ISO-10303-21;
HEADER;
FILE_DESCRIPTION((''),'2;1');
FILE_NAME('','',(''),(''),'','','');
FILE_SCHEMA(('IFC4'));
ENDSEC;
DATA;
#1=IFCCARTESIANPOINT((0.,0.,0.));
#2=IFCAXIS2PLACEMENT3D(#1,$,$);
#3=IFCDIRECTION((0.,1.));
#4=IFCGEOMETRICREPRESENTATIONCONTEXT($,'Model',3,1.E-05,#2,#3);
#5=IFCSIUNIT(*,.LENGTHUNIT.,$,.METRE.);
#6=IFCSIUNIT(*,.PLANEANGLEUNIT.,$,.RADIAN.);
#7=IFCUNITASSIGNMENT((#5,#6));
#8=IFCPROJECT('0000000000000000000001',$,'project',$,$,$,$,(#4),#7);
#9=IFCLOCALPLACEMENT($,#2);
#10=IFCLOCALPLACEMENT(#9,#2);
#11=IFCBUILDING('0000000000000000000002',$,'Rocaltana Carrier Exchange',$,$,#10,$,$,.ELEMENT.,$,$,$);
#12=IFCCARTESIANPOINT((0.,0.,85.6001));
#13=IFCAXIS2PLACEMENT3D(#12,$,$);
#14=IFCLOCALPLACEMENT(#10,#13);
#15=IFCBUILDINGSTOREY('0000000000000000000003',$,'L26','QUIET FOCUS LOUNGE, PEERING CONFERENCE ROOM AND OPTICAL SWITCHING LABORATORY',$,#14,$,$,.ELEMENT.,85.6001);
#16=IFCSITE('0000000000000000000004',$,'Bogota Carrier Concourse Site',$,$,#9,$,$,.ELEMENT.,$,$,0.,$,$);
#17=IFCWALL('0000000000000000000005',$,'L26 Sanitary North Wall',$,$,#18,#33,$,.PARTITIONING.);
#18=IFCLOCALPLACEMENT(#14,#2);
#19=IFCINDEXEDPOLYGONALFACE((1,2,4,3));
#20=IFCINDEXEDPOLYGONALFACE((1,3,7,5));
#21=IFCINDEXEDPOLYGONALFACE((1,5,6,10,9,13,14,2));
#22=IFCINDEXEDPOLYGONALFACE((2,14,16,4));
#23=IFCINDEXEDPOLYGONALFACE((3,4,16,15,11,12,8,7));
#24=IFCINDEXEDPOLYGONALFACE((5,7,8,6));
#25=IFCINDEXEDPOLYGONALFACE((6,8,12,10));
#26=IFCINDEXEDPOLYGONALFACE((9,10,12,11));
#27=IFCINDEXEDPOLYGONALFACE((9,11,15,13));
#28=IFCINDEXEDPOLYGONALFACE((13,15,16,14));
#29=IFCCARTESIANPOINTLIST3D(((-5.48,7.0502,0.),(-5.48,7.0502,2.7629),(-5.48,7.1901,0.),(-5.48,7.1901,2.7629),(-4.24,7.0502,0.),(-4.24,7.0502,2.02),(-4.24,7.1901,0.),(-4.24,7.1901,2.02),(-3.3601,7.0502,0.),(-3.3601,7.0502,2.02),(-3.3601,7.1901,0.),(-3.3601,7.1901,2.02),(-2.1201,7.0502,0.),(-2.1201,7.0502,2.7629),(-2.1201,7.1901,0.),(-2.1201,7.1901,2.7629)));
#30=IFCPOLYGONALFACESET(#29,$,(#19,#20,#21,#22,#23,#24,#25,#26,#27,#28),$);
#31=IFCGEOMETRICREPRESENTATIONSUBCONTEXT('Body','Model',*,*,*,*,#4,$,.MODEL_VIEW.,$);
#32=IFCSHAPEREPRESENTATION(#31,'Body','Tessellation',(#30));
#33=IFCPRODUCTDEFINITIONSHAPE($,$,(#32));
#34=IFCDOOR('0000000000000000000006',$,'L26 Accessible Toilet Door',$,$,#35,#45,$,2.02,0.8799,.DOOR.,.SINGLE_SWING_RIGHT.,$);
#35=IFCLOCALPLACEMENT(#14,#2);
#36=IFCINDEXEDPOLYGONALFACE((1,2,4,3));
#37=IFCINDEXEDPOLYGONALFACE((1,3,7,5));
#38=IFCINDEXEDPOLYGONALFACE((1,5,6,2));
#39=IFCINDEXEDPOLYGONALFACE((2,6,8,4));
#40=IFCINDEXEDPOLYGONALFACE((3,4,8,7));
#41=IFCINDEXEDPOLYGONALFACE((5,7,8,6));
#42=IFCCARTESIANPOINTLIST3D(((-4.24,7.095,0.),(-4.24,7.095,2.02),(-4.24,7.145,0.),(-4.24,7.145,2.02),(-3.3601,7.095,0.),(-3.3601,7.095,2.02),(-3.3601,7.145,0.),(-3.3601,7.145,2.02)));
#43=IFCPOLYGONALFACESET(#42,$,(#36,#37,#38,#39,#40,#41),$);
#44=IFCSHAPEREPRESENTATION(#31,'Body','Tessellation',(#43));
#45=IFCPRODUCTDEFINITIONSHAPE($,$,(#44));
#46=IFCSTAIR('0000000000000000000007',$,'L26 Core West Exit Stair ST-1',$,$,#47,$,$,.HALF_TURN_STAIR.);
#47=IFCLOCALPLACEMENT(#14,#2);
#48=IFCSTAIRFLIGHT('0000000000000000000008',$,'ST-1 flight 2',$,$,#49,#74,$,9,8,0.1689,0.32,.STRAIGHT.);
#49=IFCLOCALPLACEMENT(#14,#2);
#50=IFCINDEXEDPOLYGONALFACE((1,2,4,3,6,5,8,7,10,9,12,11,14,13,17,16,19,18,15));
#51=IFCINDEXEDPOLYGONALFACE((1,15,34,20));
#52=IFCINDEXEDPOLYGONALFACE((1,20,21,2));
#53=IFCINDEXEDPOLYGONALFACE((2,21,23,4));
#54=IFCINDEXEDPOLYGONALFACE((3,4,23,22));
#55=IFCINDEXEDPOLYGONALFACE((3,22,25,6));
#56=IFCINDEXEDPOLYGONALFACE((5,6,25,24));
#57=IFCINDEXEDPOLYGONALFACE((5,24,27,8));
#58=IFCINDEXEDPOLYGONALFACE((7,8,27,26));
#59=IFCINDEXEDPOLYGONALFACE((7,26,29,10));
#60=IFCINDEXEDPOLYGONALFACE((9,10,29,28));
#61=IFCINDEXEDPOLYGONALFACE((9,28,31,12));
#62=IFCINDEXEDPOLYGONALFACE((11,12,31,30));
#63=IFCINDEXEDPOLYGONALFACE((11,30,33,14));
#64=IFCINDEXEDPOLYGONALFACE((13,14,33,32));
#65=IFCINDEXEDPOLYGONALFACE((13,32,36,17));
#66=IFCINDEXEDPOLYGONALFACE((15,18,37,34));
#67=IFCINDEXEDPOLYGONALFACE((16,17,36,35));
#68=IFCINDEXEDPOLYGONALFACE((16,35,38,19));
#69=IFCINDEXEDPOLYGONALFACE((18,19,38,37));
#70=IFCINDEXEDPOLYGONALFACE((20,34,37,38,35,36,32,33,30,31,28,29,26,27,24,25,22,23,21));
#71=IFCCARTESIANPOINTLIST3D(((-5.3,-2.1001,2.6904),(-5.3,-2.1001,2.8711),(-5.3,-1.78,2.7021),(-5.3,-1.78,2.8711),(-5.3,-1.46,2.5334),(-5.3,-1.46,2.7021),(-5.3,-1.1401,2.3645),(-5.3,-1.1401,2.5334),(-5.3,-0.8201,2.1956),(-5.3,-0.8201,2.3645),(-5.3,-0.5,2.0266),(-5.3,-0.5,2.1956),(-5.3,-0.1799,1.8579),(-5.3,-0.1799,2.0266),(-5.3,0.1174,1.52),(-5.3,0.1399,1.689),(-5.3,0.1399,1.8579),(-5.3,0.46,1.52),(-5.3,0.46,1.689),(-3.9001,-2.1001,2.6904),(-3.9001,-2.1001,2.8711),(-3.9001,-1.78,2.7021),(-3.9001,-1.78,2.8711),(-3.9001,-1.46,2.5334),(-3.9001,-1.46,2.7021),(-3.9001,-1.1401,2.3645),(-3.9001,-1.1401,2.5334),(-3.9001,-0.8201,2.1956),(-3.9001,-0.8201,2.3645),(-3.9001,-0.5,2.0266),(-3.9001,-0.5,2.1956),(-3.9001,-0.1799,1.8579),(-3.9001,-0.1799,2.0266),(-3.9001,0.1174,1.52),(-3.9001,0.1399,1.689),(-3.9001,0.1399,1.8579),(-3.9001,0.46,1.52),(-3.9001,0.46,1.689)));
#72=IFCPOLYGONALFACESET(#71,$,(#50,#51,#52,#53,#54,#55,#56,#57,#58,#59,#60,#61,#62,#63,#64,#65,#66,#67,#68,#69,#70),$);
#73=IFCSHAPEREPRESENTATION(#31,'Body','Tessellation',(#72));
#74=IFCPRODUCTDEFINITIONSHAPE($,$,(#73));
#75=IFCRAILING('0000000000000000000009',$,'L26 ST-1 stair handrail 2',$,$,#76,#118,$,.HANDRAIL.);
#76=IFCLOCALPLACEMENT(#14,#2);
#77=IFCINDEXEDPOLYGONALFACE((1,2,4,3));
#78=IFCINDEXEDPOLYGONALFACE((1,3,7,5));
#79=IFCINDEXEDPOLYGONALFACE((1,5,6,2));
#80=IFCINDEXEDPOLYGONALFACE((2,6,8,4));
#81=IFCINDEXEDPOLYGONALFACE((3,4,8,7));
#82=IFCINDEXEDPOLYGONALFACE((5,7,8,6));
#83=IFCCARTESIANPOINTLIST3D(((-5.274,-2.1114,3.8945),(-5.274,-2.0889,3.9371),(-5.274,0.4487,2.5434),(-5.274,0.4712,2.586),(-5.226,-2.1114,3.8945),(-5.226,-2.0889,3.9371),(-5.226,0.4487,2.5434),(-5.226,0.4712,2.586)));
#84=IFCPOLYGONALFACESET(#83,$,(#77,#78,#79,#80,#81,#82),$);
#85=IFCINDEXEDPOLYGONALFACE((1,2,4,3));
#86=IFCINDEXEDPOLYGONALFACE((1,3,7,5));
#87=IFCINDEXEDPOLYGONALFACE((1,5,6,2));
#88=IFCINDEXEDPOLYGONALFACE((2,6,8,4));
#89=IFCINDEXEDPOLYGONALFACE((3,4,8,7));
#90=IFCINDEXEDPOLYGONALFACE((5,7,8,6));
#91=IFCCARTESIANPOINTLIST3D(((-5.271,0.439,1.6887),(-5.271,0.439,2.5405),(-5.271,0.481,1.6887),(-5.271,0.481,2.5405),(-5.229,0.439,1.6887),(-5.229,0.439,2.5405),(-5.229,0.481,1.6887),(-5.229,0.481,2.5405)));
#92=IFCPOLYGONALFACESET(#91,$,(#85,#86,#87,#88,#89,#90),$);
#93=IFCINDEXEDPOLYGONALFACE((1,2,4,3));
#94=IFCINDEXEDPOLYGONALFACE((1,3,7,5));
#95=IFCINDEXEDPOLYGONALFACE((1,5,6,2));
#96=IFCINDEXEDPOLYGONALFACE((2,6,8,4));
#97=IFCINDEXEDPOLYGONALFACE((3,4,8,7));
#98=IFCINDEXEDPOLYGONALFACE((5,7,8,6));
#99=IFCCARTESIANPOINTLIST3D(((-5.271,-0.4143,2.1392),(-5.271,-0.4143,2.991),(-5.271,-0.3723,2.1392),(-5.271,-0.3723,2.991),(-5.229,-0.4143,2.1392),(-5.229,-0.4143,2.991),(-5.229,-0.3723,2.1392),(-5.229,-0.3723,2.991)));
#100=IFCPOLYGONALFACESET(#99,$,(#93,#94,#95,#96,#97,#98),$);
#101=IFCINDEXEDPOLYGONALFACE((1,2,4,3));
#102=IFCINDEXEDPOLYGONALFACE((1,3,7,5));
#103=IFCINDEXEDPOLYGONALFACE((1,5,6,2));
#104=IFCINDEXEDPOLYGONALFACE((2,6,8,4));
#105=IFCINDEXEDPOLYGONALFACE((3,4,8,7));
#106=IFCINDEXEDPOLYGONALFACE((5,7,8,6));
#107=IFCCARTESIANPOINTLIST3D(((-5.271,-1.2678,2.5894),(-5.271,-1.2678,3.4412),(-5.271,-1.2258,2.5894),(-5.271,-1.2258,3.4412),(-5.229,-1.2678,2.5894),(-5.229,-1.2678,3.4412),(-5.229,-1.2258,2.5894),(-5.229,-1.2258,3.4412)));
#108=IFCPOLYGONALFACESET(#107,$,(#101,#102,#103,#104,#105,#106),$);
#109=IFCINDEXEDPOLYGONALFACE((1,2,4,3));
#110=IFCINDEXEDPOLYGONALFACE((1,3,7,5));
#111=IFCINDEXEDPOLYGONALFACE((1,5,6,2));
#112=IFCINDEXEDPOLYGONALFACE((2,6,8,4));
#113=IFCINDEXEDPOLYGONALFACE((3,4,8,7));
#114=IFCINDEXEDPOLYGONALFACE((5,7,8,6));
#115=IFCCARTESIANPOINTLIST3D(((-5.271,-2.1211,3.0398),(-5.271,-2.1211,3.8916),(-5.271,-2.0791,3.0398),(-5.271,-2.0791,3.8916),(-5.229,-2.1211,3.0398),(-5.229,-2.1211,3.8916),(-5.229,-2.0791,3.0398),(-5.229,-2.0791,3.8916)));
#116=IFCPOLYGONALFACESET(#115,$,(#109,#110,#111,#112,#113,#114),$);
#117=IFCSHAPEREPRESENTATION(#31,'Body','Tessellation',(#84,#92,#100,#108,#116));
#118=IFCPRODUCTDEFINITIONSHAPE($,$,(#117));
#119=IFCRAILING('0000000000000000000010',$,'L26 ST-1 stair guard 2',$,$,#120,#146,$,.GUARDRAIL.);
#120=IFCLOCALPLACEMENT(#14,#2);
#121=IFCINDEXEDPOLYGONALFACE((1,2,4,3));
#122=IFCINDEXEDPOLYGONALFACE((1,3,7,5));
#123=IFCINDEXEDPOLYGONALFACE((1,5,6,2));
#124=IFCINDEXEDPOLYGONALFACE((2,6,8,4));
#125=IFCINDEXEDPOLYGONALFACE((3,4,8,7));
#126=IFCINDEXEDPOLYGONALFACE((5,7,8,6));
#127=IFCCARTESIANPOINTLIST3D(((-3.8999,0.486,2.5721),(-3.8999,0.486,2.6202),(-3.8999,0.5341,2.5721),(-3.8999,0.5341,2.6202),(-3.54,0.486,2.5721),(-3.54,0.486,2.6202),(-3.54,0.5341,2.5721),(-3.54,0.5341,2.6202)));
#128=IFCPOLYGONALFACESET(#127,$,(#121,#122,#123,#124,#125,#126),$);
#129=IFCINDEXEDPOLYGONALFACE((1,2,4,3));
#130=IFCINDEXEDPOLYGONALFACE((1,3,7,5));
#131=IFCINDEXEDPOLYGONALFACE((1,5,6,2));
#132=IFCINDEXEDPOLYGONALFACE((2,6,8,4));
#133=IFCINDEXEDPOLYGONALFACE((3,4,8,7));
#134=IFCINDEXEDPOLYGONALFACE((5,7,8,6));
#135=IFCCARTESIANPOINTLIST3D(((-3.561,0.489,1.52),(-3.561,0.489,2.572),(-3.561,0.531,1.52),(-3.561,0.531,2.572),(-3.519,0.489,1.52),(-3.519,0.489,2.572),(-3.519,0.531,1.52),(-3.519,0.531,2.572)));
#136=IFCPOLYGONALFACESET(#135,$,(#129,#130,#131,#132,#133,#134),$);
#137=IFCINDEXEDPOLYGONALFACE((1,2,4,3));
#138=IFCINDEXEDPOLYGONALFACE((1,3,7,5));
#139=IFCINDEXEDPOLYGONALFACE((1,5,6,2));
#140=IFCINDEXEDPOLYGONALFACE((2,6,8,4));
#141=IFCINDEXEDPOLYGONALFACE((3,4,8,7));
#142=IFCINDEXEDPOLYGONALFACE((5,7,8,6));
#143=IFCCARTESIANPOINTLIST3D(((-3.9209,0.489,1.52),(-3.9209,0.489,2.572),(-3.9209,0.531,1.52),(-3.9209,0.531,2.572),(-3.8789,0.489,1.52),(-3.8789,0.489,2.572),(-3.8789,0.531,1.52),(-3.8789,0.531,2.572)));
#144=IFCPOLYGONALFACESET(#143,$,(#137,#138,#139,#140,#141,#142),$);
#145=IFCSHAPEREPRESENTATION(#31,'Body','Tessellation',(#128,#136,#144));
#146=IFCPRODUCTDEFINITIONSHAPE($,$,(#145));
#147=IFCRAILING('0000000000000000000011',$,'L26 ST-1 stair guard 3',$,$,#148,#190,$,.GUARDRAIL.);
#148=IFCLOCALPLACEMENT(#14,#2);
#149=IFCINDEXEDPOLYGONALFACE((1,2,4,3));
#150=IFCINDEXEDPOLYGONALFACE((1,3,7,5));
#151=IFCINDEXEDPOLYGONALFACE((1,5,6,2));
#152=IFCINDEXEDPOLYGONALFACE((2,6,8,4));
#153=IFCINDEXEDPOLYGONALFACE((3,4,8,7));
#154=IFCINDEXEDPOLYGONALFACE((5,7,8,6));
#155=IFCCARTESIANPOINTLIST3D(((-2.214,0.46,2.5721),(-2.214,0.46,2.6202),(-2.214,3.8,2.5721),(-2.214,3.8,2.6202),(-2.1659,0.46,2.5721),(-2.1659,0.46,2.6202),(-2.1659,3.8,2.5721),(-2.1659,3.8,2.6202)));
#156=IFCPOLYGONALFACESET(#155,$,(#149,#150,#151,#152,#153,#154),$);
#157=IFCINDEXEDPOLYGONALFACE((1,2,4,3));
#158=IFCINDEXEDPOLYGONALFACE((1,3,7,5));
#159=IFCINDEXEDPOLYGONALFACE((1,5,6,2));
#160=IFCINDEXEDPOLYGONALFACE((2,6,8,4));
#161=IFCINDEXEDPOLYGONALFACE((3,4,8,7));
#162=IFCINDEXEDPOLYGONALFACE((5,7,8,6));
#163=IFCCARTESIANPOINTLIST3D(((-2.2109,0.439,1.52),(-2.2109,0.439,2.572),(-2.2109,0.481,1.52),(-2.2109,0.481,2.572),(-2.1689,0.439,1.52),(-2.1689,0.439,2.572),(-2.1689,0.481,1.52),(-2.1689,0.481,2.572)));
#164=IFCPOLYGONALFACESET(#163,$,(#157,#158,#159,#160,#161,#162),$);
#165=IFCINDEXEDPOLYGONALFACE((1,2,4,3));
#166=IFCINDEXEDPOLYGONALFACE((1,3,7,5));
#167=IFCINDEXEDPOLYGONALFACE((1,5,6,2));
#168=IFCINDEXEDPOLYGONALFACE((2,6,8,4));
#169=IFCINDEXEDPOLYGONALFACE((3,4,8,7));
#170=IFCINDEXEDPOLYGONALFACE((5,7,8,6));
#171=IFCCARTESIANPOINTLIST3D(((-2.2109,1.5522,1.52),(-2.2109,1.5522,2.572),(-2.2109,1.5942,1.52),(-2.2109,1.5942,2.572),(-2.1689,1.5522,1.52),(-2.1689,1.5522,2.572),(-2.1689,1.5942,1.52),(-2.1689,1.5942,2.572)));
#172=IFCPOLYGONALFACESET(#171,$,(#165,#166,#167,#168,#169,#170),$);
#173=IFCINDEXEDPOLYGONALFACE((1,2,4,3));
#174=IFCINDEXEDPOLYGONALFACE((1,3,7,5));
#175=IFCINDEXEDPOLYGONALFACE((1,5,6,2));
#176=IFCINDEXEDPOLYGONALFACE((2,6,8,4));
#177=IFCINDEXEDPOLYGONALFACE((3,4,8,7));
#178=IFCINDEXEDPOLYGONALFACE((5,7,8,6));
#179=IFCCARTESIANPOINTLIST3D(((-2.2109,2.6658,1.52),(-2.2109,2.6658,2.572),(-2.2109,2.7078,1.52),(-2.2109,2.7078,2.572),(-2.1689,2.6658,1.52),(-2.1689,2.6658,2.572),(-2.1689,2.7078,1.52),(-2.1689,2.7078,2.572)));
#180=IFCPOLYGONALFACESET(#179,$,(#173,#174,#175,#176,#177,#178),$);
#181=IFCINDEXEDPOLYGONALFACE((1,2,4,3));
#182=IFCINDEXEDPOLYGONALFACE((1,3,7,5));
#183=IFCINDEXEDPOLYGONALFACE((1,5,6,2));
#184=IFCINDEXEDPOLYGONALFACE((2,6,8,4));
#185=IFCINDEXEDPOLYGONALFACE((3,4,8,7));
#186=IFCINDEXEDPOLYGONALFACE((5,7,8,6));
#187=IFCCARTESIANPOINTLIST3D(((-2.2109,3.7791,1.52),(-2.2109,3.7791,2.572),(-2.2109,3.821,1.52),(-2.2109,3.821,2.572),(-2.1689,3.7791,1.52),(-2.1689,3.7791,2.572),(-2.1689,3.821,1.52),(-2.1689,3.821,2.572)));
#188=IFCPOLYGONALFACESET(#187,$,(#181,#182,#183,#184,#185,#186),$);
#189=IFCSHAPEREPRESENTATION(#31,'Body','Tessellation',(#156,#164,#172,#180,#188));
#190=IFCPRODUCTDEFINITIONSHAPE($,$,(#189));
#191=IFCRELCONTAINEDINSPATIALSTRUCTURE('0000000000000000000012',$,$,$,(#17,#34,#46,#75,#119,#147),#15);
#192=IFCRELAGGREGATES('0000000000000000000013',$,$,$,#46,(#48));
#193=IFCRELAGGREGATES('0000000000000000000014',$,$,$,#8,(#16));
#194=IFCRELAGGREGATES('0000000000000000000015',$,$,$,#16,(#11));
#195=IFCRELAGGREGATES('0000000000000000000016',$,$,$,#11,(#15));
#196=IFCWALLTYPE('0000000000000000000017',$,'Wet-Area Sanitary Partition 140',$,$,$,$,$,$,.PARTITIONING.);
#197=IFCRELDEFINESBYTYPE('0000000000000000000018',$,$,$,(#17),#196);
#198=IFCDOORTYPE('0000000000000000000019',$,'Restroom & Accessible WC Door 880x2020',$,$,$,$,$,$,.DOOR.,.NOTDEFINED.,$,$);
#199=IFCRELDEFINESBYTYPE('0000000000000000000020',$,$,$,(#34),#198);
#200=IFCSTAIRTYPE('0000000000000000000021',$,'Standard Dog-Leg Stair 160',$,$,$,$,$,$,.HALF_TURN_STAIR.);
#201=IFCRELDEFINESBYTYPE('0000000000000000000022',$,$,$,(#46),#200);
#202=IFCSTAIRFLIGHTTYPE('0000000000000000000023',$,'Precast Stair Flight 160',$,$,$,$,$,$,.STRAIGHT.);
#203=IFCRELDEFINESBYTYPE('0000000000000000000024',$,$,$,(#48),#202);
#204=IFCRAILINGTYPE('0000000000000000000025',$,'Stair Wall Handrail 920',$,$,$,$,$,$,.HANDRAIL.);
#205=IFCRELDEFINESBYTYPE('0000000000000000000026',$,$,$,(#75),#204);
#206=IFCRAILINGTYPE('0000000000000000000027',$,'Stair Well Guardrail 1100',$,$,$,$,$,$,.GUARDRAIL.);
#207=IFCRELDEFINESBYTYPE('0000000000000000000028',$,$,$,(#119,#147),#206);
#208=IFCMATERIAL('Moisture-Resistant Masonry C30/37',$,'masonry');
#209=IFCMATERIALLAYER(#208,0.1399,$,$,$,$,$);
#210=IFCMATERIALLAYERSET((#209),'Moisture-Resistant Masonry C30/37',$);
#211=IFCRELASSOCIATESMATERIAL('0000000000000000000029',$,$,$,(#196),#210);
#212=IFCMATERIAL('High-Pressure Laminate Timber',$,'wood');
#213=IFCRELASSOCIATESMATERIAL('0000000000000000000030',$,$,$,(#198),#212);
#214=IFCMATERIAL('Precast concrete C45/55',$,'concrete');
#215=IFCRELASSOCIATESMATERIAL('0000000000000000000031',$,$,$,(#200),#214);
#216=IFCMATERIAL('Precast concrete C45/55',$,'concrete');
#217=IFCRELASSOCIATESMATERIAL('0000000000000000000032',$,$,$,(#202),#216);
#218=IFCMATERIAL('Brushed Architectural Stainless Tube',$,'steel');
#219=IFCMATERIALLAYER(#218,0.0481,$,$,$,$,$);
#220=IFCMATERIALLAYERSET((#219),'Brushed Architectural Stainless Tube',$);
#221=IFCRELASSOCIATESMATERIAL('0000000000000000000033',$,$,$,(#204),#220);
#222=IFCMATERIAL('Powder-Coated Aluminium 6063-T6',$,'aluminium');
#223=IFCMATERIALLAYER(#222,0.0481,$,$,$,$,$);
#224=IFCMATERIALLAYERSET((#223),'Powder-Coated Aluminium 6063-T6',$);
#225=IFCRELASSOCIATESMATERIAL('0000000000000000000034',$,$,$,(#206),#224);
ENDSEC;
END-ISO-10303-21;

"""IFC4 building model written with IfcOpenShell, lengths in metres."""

from ifc_helpers import new_model, si_unit, direction, frame, frame_2d, origin, origin_2d, place, context, subcontext, project, spatial, polyline, rectangle, outline, extrude, material, layer, layer_set, type_object, element, fill, aggregate, save


model = new_model("IFC4")

# Units and contexts
model_context = context("Model", 3, precision=1e-05, world=origin(), true_north=direction((0.0, 1.0)))
body_context = subcontext(model_context, "Body", "Model", "MODEL_VIEW")
ifc_project = project(units=[si_unit("LENGTHUNIT", "METRE"), si_unit("PLANEANGLEUNIT", "RADIAN")], contexts=[model_context])

# Site, building, storey
site_placement = place(None, origin())
site = spatial("IfcSite", under=ifc_project, at=site_placement, Name="Bogota Carrier Concourse Site", CompositionType="ELEMENT", RefElevation=0.0)
building_placement = place(site_placement, origin())
building = spatial("IfcBuilding", under=site, at=building_placement, Name="Rocaltana Carrier Exchange", CompositionType="ELEMENT")
storey_placement = place(building_placement, frame((0.0, 0.0, 85.6001)))
storey = spatial("IfcBuildingStorey", under=building, at=storey_placement, Name="L26", Description="QUIET FOCUS LOUNGE, PEERING CONFERENCE ROOM AND OPTICAL SWITCHING LABORATORY", CompositionType="ELEMENT", Elevation=85.6001)

# Shared definitions
ifc_material_1 = material(Name="Moisture-Resistant Masonry C30/37", Category="masonry")
ifc_layer_1 = layer(ifc_material_1, 0.1399)
ifc_layer_set_1 = layer_set([ifc_layer_1], Name="Moisture-Resistant Masonry C30/37")
wall_type_1 = type_object("IfcWallType", Name="Wet-Area Sanitary Partition 140", PredefinedType="PARTITIONING", material=ifc_layer_set_1)

# Wall, opening, door
wall_1_placement = place(storey_placement, frame((-5.48, 7.1201, 0.0), z_axis=(0.0, 0.0, 1.0), x_axis=(1.0, 0.0, 0.0)))
wall_1 = element("IfcWall", 1, at=wall_1_placement, inside=storey, type_object=wall_type_1, Name="L26 Sanitary North Wall", PredefinedType="PARTITIONING", context=body_context, shape_type="SweptSolid", body=[
    extrude(rectangle(XDim=3.3599, YDim=0.1399, at=frame_2d((1.6799, 0.0))), origin(), (0.0, 0.0, 1.0), 2.7629),
])
opening_placement = place(wall_1_placement, frame((1.24, 0.0, 0.0)))
opening = element("IfcOpeningElement", 2, at=opening_placement, cuts=wall_1, PredefinedType="OPENING", context=body_context, shape_type="SweptSolid", body=[
    extrude(rectangle(XDim=0.8799, YDim=2.02, at=frame_2d((0.4399, 1.01))), frame((0.0, 0.0798, 0.0), z_axis=(0.0, -1.0, 0.0), x_axis=(1.0, 0.0, 0.0)), (0.0, 0.0, 1.0), 0.1599),
])
ifc_material_2 = material(Name="High-Pressure Laminate Timber", Category="wood")
door_type = type_object("IfcDoorType", Name="Restroom & Accessible WC Door 880x2020", OperationType="NOTDEFINED", PredefinedType="DOOR", material=ifc_material_2)
door_placement = place(opening_placement, origin())
door = element("IfcDoor", 3, at=door_placement, inside=storey, type_object=door_type, Name="L26 Accessible Toilet Door", OperationType="SINGLE_SWING_RIGHT", OverallHeight=2.02, OverallWidth=0.8799, PredefinedType="DOOR", context=body_context, shape_type="SweptSolid", body=[
    extrude(rectangle(XDim=0.8799, YDim=2.02, at=frame_2d((0.4399, 1.01))), frame((0.0, 0.0249, 0.0), z_axis=(0.0, -1.0, 0.0), x_axis=(1.0, 0.0, 0.0)), (0.0, 0.0, 1.0), 0.05),
])
fill(opening, door)

# Stair, stair flight
ifc_material_3 = material(Name="Precast concrete C45/55", Category="concrete")
stair_type = type_object("IfcStairType", Name="Standard Dog-Leg Stair 160", PredefinedType="HALF_TURN_STAIR", material=ifc_material_3)
stair_placement = place(storey_placement, origin())
stair = element("IfcStair", 4, at=stair_placement, inside=storey, type_object=stair_type, Name="L26 Core West Exit Stair ST-1", PredefinedType="HALF_TURN_STAIR")
ifc_material_4 = material(Name="Precast concrete C45/55", Category="concrete")
stair_flight_type = type_object("IfcStairFlightType", Name="Precast Stair Flight 160", PredefinedType="STRAIGHT", material=ifc_material_4)
stair_flight_placement = place(storey_placement, frame((-4.6001, 0.46, 1.52), z_axis=(0.0, 0.0, 1.0), x_axis=(0.0, -1.0, 0.0)))
stair_flight = element("IfcStairFlight", 5, at=stair_flight_placement, type_object=stair_flight_type, Name="ST-1 flight 2", NumberOfRisers=9, NumberOfTreads=8, PredefinedType="STRAIGHT", RiserHeight=0.1689, TreadLength=0.32, context=body_context, shape_type="SweptSolid", body=[
    extrude(outline(polyline([(0.0, 0.0), (0.0, 0.1689), (0.3201, 0.1689), (0.3201, 0.3379), (0.6399, 0.3379), (0.6399, 0.5066), (0.96, 0.5066), (0.96, 0.6755), (1.28, 0.6755), (1.28, 0.8445), (1.6001, 0.8445), (1.6001, 1.0134), (1.9199, 1.0134), (1.9199, 1.1821), (2.24, 1.1821), (2.24, 1.3511), (2.5601, 1.3511), (2.5601, 1.52), (2.5601, 1.1704), (0.3425, 0.0), (0.0, 0.0)])), frame((0.0, 0.7, 0.0), z_axis=(0.0, -1.0, 0.0), x_axis=(1.0, 0.0, 0.0)), (0.0, 0.0, 1.0), 1.3999),
])
aggregate(stair, [stair_flight])

# Railings
ifc_material_5 = material(Name="Brushed Architectural Stainless Tube", Category="steel")
ifc_layer_2 = layer(ifc_material_5, 0.0481)
ifc_layer_set_2 = layer_set([ifc_layer_2], Name="Brushed Architectural Stainless Tube")
railing_type_1 = type_object("IfcRailingType", Name="Stair Wall Handrail 920", PredefinedType="HANDRAIL", material=ifc_layer_set_2)
railing_1_placement = place(storey_placement, frame((-5.25, 0.46, 1.6887)))
element("IfcRailing", 6, at=railing_1_placement, inside=storey, type_object=railing_type_1, Name="L26 ST-1 stair handrail 2", PredefinedType="HANDRAIL", context=body_context, shape_type="SweptSolid", body=[
    extrude(rectangle(XDim=0.0481, YDim=0.0481, at=origin_2d()), frame((0.0, 0.0, 0.876), z_axis=(0.0, -0.884394, 0.46674), x_axis=(1.0, 0.0, 0.0)), (0.0, 0.0, 1.0), 2.8948),
    extrude(rectangle(XDim=0.042, YDim=0.042, at=origin_2d()), origin(), (0.0, 0.0, 1.0), 0.8518),
    extrude(rectangle(XDim=0.042, YDim=0.042, at=origin_2d()), frame((0.0, -0.8533, 0.4504)), (0.0, 0.0, 1.0), 0.8518),
    extrude(rectangle(XDim=0.042, YDim=0.042, at=origin_2d()), frame((0.0, -1.7068, 0.9006)), (0.0, 0.0, 1.0), 0.8518),
    extrude(rectangle(XDim=0.042, YDim=0.042, at=origin_2d()), frame((0.0, -2.5601, 1.3511)), (0.0, 0.0, 1.0), 0.8518),
])
ifc_material_6 = material(Name="Powder-Coated Aluminium 6063-T6", Category="aluminium")
ifc_layer_3 = layer(ifc_material_6, 0.0481)
ifc_layer_set_3 = layer_set([ifc_layer_3], Name="Powder-Coated Aluminium 6063-T6")
railing_type_2 = type_object("IfcRailingType", Name="Stair Well Guardrail 1100", PredefinedType="GUARDRAIL", material=ifc_layer_set_3)
railing_2_placement = place(storey_placement, frame((-3.54, 0.51, 1.52)))
element("IfcRailing", 7, at=railing_2_placement, inside=storey, type_object=railing_type_2, Name="L26 ST-1 stair guard 2", PredefinedType="GUARDRAIL", context=body_context, shape_type="SweptSolid", body=[
    extrude(rectangle(XDim=0.0481, YDim=0.0481, at=origin_2d()), frame((0.0, 0.0, 1.0762), z_axis=(-1.0, 0.0, 0.0), x_axis=(0.0, -1.0, 0.0)), (0.0, 0.0, 1.0), 0.3599),
    extrude(rectangle(XDim=0.042, YDim=0.042, at=origin_2d()), origin(), (0.0, 0.0, 1.0), 1.052),
    extrude(rectangle(XDim=0.042, YDim=0.042, at=origin_2d()), frame((-0.3599, 0.0, 0.0)), (0.0, 0.0, 1.0), 1.052),
])
for number, where, name in (
    (8, (-2.1899, 0.46, 1.52), "L26 ST-1 stair guard 3"),
):
    element("IfcRailing", number, at=place(storey_placement, frame(where)), inside=storey, type_object=railing_type_2, Name=name, PredefinedType="GUARDRAIL", context=body_context, shape_type="SweptSolid", body=[
        extrude(rectangle(XDim=0.0481, YDim=0.0481, at=origin_2d()), frame((0.0, 0.0, 1.0762), z_axis=(0.0, 1.0, 0.0), x_axis=(-1.0, 0.0, 0.0)), (0.0, 0.0, 1.0), 3.3401),
        extrude(rectangle(XDim=0.042, YDim=0.042, at=origin_2d()), origin(), (0.0, 0.0, 1.0), 1.052),
        extrude(rectangle(XDim=0.042, YDim=0.042, at=origin_2d()), frame((0.0, 1.1133, 0.0)), (0.0, 0.0, 1.0), 1.052),
        extrude(rectangle(XDim=0.042, YDim=0.042, at=origin_2d()), frame((0.0, 2.2268, 0.0)), (0.0, 0.0, 1.0), 1.052),
        extrude(rectangle(XDim=0.042, YDim=0.042, at=origin_2d()), frame((0.0, 3.3401, 0.0)), (0.0, 0.0, 1.0), 1.052),
    ])

save(model, "model.ifc")
